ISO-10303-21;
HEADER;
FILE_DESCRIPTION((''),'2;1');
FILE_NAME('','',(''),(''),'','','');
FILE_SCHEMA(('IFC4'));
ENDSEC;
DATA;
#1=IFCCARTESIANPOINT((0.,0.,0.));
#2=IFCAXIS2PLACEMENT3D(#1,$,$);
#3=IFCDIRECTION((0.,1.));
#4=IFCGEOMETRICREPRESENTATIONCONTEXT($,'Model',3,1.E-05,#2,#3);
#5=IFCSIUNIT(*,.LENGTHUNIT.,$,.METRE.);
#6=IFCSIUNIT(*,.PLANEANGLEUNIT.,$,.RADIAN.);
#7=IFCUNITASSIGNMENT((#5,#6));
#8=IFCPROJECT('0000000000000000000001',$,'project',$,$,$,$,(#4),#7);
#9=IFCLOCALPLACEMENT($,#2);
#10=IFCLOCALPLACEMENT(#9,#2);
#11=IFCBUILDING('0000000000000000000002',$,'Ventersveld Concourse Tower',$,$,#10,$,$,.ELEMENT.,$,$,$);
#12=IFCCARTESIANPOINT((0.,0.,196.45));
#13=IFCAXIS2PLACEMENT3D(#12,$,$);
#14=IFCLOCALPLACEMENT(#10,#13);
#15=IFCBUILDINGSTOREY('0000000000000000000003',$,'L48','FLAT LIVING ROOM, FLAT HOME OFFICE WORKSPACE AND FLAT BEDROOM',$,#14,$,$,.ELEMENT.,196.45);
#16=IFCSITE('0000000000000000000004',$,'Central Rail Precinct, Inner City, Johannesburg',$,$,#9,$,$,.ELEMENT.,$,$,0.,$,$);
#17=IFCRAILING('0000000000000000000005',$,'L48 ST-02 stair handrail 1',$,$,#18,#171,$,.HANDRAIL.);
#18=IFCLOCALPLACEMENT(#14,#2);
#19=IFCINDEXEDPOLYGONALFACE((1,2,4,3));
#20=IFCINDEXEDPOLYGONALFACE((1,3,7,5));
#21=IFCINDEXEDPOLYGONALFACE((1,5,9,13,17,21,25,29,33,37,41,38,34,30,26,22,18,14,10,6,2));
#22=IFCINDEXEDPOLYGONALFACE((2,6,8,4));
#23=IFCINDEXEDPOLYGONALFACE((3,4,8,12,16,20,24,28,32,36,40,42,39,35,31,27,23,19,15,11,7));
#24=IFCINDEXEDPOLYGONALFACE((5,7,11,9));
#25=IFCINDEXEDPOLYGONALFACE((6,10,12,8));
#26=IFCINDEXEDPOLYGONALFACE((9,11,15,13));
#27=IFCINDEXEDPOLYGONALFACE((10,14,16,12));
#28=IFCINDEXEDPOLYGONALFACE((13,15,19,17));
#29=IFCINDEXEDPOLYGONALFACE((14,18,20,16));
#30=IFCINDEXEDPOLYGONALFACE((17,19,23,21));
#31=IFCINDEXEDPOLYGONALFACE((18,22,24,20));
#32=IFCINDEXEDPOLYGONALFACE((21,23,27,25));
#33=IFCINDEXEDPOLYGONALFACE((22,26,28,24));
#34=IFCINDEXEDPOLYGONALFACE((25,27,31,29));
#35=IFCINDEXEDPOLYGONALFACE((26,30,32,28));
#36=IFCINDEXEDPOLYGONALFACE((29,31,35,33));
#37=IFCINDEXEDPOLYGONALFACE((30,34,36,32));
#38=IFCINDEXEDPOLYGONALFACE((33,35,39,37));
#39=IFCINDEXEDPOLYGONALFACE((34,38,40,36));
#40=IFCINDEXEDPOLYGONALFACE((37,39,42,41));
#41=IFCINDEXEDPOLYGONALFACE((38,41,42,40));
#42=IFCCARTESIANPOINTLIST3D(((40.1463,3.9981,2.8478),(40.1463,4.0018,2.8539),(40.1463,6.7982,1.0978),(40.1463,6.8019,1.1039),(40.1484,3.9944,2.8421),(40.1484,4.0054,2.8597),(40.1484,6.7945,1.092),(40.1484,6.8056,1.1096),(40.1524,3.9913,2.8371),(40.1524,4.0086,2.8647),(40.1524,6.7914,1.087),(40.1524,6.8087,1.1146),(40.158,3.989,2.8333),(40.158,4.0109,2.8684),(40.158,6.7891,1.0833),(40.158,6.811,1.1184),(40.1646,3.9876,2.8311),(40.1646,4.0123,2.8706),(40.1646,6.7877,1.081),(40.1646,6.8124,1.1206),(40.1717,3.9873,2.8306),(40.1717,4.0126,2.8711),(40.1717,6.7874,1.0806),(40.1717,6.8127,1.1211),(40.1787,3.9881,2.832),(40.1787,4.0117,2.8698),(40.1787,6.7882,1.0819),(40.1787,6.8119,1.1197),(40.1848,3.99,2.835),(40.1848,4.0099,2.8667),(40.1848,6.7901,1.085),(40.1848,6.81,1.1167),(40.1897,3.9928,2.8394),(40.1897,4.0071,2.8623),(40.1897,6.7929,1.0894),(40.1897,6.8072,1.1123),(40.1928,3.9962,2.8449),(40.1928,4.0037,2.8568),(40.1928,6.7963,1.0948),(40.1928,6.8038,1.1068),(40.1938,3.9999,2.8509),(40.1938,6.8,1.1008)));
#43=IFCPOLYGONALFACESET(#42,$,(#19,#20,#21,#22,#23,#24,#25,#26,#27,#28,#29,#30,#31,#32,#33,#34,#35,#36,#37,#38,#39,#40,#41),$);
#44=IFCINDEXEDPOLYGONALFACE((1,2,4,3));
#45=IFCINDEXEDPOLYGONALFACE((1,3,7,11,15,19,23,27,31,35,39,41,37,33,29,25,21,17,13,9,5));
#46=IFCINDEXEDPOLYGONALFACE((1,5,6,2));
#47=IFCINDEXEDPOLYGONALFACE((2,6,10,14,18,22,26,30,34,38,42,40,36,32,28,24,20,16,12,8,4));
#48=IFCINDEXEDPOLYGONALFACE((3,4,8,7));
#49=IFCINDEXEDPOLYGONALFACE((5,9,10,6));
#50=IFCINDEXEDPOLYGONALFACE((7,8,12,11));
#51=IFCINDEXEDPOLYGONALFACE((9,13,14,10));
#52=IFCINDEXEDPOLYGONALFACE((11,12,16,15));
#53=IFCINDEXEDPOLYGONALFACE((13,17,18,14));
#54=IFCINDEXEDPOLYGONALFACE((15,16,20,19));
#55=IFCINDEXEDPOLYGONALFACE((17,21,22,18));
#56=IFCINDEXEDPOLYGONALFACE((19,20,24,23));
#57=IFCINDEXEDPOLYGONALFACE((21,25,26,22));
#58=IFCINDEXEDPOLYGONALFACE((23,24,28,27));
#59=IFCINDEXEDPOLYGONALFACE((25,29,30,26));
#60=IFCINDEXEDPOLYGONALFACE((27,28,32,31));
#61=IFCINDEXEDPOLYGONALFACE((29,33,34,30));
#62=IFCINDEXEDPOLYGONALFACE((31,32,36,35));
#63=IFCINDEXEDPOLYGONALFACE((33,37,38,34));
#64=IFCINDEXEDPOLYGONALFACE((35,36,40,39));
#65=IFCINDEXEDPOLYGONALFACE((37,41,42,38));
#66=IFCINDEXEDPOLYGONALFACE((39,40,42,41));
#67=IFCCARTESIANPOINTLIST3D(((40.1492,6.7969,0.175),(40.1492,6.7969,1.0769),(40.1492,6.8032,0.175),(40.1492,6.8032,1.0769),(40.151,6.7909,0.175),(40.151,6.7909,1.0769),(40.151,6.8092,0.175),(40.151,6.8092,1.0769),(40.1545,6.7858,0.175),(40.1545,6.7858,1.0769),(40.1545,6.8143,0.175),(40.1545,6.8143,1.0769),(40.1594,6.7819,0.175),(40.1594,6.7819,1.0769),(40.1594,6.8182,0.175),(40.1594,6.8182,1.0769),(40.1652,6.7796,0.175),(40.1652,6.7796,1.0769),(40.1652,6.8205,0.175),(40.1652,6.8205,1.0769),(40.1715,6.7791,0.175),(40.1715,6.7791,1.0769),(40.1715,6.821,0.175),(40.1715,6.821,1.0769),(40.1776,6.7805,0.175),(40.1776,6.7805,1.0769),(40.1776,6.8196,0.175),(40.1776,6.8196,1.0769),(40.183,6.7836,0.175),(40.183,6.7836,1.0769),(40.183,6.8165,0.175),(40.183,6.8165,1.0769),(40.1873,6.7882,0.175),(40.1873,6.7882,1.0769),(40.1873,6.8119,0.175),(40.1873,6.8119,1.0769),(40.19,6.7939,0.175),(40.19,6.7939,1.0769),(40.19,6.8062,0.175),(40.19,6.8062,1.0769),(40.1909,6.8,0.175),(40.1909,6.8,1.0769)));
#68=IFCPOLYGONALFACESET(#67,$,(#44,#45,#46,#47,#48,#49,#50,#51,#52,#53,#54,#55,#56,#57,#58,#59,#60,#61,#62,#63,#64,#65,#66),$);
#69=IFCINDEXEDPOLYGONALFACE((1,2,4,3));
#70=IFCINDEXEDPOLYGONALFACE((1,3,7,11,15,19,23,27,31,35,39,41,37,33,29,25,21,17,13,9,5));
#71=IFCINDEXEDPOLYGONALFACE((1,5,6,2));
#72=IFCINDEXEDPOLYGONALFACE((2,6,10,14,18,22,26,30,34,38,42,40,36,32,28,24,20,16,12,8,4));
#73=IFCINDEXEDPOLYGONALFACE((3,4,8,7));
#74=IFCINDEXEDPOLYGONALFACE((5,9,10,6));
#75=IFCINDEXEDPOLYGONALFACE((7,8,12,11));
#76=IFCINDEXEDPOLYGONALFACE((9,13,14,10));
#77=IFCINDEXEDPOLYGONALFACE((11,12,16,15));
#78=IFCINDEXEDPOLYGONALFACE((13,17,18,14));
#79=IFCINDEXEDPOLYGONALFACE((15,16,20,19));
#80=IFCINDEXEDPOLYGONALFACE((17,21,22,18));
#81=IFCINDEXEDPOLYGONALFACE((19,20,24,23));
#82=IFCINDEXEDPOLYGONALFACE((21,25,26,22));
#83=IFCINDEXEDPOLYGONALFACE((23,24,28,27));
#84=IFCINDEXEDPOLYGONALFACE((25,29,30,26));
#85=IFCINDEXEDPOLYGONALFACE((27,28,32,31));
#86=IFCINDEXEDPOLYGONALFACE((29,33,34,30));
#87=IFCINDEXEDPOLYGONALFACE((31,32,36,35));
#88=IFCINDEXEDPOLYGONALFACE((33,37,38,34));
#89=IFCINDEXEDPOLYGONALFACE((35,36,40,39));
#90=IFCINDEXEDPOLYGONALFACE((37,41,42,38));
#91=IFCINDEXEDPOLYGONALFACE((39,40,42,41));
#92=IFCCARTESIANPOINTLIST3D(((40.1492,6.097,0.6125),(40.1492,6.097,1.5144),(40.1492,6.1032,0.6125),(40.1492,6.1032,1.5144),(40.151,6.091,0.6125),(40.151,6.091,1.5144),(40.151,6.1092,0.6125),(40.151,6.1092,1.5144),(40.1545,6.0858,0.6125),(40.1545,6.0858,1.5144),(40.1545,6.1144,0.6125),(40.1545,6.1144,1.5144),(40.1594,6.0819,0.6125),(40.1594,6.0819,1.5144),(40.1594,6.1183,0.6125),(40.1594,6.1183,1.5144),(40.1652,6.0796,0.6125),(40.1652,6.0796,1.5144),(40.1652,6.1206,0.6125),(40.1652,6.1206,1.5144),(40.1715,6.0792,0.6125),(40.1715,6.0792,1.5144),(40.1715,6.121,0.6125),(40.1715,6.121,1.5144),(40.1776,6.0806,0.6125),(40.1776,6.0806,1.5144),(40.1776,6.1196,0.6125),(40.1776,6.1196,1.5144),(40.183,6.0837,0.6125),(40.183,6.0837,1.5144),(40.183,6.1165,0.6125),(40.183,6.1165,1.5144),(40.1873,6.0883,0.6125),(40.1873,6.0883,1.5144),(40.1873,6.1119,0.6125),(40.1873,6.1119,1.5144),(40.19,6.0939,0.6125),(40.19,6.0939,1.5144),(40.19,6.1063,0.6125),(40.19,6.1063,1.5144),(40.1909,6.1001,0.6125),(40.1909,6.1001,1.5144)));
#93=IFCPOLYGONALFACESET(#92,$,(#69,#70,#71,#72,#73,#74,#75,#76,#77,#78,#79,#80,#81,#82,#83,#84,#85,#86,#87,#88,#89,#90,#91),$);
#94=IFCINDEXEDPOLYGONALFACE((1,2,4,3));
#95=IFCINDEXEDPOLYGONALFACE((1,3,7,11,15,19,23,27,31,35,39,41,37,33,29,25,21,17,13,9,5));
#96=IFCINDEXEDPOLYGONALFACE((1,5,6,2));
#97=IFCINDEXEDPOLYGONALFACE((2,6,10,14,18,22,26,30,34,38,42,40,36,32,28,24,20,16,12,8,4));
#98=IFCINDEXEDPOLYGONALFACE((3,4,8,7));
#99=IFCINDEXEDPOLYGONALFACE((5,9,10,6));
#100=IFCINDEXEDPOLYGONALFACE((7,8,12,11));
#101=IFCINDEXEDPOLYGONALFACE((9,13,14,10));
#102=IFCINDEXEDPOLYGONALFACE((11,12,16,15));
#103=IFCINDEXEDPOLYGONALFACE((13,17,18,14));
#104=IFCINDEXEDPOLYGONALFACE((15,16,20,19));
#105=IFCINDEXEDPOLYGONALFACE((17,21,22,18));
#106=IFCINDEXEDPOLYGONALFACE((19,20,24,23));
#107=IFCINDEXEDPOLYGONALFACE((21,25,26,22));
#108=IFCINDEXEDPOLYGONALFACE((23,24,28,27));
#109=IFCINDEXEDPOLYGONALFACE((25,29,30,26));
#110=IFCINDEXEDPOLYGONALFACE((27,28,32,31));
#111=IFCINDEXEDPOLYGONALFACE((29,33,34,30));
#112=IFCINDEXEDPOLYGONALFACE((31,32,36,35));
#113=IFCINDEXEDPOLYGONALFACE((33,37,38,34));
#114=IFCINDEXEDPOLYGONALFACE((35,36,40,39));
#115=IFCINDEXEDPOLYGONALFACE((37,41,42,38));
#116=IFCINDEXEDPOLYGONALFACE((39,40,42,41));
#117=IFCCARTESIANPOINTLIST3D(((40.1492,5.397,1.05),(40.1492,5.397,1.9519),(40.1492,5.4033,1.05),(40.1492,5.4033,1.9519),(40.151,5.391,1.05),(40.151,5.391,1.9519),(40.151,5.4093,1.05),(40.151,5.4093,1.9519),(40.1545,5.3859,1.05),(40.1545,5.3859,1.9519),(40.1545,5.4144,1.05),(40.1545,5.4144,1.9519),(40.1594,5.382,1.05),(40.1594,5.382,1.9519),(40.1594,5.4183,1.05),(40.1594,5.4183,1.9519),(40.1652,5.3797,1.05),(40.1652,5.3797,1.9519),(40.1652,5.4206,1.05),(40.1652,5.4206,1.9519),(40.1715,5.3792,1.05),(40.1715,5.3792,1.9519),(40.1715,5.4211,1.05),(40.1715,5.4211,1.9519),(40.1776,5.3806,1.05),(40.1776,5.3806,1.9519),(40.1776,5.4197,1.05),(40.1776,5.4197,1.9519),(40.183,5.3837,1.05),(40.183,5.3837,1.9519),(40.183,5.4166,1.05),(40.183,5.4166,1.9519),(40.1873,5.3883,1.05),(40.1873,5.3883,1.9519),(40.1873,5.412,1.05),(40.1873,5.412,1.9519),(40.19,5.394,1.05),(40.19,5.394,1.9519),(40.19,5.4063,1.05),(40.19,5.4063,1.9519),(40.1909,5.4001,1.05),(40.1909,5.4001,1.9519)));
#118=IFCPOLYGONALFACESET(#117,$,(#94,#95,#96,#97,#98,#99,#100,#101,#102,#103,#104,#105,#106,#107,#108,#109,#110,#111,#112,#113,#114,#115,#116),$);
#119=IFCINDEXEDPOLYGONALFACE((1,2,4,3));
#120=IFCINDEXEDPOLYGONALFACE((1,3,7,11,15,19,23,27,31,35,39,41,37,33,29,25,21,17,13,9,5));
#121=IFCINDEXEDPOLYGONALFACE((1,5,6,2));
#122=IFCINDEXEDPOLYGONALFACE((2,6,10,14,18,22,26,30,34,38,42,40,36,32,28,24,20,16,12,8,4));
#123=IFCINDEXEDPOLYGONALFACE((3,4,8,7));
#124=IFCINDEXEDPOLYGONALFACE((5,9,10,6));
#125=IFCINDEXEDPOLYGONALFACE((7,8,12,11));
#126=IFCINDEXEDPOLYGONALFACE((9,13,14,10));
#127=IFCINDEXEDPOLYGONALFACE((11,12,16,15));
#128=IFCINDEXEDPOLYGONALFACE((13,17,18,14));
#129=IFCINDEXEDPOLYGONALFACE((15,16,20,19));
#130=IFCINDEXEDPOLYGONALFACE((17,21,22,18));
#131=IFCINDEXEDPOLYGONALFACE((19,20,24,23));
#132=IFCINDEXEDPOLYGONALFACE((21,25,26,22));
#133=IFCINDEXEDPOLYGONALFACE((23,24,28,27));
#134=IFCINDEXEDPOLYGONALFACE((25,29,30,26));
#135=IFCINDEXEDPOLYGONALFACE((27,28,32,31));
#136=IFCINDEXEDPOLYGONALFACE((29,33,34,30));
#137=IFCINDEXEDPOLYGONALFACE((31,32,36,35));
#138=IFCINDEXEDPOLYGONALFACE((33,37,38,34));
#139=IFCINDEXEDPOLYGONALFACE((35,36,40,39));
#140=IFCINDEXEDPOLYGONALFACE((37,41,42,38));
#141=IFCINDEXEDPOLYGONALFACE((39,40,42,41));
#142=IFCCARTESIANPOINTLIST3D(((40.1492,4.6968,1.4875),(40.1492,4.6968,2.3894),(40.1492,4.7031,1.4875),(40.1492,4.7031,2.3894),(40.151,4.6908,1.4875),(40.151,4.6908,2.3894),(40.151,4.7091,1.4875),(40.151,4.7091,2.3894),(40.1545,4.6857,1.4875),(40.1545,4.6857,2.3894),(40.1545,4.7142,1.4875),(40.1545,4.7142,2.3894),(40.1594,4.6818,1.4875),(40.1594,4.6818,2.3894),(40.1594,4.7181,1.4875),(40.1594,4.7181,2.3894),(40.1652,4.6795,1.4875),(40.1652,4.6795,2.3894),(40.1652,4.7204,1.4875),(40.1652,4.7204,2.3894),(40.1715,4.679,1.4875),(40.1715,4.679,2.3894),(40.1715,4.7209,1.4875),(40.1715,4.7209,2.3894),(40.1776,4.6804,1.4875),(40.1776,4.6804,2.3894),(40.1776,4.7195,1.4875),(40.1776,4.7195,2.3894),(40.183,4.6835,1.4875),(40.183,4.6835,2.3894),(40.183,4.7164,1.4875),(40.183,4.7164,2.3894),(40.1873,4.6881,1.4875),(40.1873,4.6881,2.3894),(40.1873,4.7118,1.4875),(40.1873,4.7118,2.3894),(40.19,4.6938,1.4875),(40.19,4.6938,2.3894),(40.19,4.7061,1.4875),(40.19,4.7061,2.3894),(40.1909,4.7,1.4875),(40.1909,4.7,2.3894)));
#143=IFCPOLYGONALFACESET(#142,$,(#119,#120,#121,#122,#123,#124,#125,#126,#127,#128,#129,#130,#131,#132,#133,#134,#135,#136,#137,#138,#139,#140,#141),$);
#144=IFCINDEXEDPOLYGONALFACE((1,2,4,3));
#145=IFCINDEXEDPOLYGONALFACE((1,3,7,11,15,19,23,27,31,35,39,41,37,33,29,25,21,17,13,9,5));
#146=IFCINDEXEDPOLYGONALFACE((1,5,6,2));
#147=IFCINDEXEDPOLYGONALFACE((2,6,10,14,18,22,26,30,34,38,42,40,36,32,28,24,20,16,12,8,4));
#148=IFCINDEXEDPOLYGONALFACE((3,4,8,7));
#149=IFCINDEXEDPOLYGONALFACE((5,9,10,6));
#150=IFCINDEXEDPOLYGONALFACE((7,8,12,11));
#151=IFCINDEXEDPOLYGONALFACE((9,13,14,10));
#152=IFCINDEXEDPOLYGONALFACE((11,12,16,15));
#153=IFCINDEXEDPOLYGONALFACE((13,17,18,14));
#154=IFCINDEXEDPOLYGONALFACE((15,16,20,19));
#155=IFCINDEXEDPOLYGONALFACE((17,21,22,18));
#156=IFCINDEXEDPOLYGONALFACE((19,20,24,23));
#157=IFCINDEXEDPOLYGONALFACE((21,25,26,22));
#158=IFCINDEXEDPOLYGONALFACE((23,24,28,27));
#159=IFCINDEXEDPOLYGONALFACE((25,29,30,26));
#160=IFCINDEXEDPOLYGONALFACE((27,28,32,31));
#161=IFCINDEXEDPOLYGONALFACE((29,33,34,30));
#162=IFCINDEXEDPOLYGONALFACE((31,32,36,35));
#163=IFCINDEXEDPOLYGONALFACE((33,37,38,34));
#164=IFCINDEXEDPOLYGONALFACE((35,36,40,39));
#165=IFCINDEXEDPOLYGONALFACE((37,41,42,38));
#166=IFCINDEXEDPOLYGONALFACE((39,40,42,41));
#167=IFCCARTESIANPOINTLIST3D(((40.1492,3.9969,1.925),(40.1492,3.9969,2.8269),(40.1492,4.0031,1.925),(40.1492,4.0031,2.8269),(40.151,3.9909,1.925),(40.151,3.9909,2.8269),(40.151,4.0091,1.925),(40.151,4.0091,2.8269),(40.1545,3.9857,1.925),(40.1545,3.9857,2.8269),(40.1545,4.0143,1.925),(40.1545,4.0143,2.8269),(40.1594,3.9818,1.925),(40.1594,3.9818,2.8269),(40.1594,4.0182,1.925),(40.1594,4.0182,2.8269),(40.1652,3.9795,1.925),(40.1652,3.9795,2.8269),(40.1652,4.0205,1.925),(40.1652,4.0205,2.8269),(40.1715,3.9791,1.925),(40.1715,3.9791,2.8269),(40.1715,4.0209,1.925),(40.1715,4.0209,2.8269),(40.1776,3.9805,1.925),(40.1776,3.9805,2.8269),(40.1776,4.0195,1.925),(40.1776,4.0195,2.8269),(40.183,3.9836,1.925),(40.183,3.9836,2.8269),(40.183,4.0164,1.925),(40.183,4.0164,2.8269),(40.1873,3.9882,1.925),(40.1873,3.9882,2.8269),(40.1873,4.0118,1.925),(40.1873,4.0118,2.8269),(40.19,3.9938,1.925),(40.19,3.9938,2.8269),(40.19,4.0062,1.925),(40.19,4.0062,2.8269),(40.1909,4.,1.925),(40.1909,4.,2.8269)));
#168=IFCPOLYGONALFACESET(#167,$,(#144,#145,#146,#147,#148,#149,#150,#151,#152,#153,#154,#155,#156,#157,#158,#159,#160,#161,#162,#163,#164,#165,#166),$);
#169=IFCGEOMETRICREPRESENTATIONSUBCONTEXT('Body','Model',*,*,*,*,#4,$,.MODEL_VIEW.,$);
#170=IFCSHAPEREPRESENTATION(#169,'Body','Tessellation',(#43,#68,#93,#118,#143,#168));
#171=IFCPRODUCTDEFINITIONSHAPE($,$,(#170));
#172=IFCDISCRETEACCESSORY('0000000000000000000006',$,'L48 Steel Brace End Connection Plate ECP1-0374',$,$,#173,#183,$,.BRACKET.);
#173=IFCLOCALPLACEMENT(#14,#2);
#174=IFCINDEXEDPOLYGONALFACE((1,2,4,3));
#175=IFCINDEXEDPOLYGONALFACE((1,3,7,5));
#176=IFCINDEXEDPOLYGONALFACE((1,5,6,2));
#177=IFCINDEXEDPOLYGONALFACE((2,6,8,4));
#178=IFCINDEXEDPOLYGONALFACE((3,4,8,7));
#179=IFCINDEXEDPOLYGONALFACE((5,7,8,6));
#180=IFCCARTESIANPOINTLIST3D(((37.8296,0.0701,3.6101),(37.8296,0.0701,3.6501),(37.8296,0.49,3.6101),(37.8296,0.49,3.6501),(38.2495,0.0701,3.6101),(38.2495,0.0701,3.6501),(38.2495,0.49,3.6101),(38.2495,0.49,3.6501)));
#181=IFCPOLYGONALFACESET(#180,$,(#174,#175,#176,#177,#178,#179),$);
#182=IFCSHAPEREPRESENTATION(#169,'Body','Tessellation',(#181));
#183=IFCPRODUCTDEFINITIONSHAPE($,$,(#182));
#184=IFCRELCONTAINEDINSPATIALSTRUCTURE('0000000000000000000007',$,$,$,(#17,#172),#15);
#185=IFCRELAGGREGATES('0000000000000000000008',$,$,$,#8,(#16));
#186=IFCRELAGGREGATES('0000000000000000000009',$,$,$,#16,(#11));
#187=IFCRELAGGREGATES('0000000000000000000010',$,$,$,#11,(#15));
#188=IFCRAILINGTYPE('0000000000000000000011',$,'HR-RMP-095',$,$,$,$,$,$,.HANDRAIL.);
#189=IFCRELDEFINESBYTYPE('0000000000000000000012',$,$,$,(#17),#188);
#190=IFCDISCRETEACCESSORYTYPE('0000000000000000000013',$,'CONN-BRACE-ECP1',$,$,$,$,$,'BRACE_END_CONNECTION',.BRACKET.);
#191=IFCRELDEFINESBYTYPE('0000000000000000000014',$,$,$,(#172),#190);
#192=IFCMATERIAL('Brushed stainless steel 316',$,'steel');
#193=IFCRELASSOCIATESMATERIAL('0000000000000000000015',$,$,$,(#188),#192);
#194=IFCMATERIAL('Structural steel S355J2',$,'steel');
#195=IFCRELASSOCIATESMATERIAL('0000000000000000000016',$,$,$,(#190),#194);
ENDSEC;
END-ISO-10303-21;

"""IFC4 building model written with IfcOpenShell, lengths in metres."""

from ifc_helpers import new_model, si_unit, direction, frame, origin, origin_2d, place, context, subcontext, project, spatial, rectangle, circle, extrude, material, type_object, element, save


model = new_model("IFC4")

# Units and contexts
model_context = context("Model", 3, precision=1e-05, world=origin(), true_north=direction((0.0, 1.0)))
body_context = subcontext(model_context, "Body", "Model", "MODEL_VIEW")
ifc_project = project(units=[si_unit("LENGTHUNIT", "METRE"), si_unit("PLANEANGLEUNIT", "RADIAN")], contexts=[model_context])

# Site, building, storey
site_placement = place(None, origin())
site = spatial("IfcSite", under=ifc_project, at=site_placement, Name="Central Rail Precinct, Inner City, Johannesburg", CompositionType="ELEMENT", RefElevation=0.0)
building_placement = place(site_placement, origin())
building = spatial("IfcBuilding", under=site, at=building_placement, Name="Ventersveld Concourse Tower", CompositionType="ELEMENT")
storey_placement = place(building_placement, frame((0.0, 0.0, 196.45)))
storey = spatial("IfcBuildingStorey", under=building, at=storey_placement, Name="L48", Description="FLAT LIVING ROOM, FLAT HOME OFFICE WORKSPACE AND FLAT BEDROOM", CompositionType="ELEMENT", Elevation=196.45)

# Shared definitions
ifc_material_1 = material(Name="Brushed stainless steel 316", Category="steel")

# Railing
railing_type_1 = type_object("IfcRailingType", Name="HR-RMP-095", PredefinedType="HANDRAIL", material=ifc_material_1)
railing_1_placement = place(storey_placement, frame((40.1699, 6.8, 0.175)))
element("IfcRailing", 1, at=railing_1_placement, inside=storey, type_object=railing_type_1, Name="L48 ST-02 stair handrail 1", PredefinedType="HANDRAIL", context=body_context, shape_type="SweptSolid", body=[
    extrude(circle(Radius=0.0239, at=origin_2d()), frame((0.0, 0.0, 0.9258), z_axis=(0.0, -0.848002, 0.529992), x_axis=(1.0, 0.0, 0.0)), (0.0, 0.0, 1.0), 3.302),
    extrude(circle(Radius=0.021, at=origin_2d()), origin(), (0.0, 0.0, 1.0), 0.9019),
    extrude(circle(Radius=0.021, at=origin_2d()), frame((0.0, -0.7, 0.4375)), (0.0, 0.0, 1.0), 0.9019),
    extrude(circle(Radius=0.021, at=origin_2d()), frame((0.0, -1.3999, 0.875)), (0.0, 0.0, 1.0), 0.9019),
    extrude(circle(Radius=0.021, at=origin_2d()), frame((0.0, -2.1001, 1.3125)), (0.0, 0.0, 1.0), 0.9019),
    extrude(circle(Radius=0.021, at=origin_2d()), frame((0.0, -2.8, 1.75)), (0.0, 0.0, 1.0), 0.9019),
])

# Discrete accessory
ifc_material_2 = material(Name="Structural steel S355J2", Category="steel")
discrete_accessory_type = type_object("IfcDiscreteAccessoryType", Name="CONN-BRACE-ECP1", ElementType="BRACE_END_CONNECTION", PredefinedType="BRACKET", material=ifc_material_2)
discrete_accessory_placement = place(storey_placement, frame((38.0396, 0.28, 3.6101), z_axis=(0.0, 0.0, 1.0), x_axis=(1.0, 0.0, 0.0)))
element("IfcDiscreteAccessory", 2, at=discrete_accessory_placement, inside=storey, type_object=discrete_accessory_type, Name="L48 Steel Brace End Connection Plate ECP1-0374", PredefinedType="BRACKET", context=body_context, shape_type="SweptSolid", body=[
    extrude(rectangle(XDim=0.4199, YDim=0.4199, at=origin_2d()), origin(), (0.0, 0.0, 1.0), 0.04),
])

save(model, "model.ifc")
